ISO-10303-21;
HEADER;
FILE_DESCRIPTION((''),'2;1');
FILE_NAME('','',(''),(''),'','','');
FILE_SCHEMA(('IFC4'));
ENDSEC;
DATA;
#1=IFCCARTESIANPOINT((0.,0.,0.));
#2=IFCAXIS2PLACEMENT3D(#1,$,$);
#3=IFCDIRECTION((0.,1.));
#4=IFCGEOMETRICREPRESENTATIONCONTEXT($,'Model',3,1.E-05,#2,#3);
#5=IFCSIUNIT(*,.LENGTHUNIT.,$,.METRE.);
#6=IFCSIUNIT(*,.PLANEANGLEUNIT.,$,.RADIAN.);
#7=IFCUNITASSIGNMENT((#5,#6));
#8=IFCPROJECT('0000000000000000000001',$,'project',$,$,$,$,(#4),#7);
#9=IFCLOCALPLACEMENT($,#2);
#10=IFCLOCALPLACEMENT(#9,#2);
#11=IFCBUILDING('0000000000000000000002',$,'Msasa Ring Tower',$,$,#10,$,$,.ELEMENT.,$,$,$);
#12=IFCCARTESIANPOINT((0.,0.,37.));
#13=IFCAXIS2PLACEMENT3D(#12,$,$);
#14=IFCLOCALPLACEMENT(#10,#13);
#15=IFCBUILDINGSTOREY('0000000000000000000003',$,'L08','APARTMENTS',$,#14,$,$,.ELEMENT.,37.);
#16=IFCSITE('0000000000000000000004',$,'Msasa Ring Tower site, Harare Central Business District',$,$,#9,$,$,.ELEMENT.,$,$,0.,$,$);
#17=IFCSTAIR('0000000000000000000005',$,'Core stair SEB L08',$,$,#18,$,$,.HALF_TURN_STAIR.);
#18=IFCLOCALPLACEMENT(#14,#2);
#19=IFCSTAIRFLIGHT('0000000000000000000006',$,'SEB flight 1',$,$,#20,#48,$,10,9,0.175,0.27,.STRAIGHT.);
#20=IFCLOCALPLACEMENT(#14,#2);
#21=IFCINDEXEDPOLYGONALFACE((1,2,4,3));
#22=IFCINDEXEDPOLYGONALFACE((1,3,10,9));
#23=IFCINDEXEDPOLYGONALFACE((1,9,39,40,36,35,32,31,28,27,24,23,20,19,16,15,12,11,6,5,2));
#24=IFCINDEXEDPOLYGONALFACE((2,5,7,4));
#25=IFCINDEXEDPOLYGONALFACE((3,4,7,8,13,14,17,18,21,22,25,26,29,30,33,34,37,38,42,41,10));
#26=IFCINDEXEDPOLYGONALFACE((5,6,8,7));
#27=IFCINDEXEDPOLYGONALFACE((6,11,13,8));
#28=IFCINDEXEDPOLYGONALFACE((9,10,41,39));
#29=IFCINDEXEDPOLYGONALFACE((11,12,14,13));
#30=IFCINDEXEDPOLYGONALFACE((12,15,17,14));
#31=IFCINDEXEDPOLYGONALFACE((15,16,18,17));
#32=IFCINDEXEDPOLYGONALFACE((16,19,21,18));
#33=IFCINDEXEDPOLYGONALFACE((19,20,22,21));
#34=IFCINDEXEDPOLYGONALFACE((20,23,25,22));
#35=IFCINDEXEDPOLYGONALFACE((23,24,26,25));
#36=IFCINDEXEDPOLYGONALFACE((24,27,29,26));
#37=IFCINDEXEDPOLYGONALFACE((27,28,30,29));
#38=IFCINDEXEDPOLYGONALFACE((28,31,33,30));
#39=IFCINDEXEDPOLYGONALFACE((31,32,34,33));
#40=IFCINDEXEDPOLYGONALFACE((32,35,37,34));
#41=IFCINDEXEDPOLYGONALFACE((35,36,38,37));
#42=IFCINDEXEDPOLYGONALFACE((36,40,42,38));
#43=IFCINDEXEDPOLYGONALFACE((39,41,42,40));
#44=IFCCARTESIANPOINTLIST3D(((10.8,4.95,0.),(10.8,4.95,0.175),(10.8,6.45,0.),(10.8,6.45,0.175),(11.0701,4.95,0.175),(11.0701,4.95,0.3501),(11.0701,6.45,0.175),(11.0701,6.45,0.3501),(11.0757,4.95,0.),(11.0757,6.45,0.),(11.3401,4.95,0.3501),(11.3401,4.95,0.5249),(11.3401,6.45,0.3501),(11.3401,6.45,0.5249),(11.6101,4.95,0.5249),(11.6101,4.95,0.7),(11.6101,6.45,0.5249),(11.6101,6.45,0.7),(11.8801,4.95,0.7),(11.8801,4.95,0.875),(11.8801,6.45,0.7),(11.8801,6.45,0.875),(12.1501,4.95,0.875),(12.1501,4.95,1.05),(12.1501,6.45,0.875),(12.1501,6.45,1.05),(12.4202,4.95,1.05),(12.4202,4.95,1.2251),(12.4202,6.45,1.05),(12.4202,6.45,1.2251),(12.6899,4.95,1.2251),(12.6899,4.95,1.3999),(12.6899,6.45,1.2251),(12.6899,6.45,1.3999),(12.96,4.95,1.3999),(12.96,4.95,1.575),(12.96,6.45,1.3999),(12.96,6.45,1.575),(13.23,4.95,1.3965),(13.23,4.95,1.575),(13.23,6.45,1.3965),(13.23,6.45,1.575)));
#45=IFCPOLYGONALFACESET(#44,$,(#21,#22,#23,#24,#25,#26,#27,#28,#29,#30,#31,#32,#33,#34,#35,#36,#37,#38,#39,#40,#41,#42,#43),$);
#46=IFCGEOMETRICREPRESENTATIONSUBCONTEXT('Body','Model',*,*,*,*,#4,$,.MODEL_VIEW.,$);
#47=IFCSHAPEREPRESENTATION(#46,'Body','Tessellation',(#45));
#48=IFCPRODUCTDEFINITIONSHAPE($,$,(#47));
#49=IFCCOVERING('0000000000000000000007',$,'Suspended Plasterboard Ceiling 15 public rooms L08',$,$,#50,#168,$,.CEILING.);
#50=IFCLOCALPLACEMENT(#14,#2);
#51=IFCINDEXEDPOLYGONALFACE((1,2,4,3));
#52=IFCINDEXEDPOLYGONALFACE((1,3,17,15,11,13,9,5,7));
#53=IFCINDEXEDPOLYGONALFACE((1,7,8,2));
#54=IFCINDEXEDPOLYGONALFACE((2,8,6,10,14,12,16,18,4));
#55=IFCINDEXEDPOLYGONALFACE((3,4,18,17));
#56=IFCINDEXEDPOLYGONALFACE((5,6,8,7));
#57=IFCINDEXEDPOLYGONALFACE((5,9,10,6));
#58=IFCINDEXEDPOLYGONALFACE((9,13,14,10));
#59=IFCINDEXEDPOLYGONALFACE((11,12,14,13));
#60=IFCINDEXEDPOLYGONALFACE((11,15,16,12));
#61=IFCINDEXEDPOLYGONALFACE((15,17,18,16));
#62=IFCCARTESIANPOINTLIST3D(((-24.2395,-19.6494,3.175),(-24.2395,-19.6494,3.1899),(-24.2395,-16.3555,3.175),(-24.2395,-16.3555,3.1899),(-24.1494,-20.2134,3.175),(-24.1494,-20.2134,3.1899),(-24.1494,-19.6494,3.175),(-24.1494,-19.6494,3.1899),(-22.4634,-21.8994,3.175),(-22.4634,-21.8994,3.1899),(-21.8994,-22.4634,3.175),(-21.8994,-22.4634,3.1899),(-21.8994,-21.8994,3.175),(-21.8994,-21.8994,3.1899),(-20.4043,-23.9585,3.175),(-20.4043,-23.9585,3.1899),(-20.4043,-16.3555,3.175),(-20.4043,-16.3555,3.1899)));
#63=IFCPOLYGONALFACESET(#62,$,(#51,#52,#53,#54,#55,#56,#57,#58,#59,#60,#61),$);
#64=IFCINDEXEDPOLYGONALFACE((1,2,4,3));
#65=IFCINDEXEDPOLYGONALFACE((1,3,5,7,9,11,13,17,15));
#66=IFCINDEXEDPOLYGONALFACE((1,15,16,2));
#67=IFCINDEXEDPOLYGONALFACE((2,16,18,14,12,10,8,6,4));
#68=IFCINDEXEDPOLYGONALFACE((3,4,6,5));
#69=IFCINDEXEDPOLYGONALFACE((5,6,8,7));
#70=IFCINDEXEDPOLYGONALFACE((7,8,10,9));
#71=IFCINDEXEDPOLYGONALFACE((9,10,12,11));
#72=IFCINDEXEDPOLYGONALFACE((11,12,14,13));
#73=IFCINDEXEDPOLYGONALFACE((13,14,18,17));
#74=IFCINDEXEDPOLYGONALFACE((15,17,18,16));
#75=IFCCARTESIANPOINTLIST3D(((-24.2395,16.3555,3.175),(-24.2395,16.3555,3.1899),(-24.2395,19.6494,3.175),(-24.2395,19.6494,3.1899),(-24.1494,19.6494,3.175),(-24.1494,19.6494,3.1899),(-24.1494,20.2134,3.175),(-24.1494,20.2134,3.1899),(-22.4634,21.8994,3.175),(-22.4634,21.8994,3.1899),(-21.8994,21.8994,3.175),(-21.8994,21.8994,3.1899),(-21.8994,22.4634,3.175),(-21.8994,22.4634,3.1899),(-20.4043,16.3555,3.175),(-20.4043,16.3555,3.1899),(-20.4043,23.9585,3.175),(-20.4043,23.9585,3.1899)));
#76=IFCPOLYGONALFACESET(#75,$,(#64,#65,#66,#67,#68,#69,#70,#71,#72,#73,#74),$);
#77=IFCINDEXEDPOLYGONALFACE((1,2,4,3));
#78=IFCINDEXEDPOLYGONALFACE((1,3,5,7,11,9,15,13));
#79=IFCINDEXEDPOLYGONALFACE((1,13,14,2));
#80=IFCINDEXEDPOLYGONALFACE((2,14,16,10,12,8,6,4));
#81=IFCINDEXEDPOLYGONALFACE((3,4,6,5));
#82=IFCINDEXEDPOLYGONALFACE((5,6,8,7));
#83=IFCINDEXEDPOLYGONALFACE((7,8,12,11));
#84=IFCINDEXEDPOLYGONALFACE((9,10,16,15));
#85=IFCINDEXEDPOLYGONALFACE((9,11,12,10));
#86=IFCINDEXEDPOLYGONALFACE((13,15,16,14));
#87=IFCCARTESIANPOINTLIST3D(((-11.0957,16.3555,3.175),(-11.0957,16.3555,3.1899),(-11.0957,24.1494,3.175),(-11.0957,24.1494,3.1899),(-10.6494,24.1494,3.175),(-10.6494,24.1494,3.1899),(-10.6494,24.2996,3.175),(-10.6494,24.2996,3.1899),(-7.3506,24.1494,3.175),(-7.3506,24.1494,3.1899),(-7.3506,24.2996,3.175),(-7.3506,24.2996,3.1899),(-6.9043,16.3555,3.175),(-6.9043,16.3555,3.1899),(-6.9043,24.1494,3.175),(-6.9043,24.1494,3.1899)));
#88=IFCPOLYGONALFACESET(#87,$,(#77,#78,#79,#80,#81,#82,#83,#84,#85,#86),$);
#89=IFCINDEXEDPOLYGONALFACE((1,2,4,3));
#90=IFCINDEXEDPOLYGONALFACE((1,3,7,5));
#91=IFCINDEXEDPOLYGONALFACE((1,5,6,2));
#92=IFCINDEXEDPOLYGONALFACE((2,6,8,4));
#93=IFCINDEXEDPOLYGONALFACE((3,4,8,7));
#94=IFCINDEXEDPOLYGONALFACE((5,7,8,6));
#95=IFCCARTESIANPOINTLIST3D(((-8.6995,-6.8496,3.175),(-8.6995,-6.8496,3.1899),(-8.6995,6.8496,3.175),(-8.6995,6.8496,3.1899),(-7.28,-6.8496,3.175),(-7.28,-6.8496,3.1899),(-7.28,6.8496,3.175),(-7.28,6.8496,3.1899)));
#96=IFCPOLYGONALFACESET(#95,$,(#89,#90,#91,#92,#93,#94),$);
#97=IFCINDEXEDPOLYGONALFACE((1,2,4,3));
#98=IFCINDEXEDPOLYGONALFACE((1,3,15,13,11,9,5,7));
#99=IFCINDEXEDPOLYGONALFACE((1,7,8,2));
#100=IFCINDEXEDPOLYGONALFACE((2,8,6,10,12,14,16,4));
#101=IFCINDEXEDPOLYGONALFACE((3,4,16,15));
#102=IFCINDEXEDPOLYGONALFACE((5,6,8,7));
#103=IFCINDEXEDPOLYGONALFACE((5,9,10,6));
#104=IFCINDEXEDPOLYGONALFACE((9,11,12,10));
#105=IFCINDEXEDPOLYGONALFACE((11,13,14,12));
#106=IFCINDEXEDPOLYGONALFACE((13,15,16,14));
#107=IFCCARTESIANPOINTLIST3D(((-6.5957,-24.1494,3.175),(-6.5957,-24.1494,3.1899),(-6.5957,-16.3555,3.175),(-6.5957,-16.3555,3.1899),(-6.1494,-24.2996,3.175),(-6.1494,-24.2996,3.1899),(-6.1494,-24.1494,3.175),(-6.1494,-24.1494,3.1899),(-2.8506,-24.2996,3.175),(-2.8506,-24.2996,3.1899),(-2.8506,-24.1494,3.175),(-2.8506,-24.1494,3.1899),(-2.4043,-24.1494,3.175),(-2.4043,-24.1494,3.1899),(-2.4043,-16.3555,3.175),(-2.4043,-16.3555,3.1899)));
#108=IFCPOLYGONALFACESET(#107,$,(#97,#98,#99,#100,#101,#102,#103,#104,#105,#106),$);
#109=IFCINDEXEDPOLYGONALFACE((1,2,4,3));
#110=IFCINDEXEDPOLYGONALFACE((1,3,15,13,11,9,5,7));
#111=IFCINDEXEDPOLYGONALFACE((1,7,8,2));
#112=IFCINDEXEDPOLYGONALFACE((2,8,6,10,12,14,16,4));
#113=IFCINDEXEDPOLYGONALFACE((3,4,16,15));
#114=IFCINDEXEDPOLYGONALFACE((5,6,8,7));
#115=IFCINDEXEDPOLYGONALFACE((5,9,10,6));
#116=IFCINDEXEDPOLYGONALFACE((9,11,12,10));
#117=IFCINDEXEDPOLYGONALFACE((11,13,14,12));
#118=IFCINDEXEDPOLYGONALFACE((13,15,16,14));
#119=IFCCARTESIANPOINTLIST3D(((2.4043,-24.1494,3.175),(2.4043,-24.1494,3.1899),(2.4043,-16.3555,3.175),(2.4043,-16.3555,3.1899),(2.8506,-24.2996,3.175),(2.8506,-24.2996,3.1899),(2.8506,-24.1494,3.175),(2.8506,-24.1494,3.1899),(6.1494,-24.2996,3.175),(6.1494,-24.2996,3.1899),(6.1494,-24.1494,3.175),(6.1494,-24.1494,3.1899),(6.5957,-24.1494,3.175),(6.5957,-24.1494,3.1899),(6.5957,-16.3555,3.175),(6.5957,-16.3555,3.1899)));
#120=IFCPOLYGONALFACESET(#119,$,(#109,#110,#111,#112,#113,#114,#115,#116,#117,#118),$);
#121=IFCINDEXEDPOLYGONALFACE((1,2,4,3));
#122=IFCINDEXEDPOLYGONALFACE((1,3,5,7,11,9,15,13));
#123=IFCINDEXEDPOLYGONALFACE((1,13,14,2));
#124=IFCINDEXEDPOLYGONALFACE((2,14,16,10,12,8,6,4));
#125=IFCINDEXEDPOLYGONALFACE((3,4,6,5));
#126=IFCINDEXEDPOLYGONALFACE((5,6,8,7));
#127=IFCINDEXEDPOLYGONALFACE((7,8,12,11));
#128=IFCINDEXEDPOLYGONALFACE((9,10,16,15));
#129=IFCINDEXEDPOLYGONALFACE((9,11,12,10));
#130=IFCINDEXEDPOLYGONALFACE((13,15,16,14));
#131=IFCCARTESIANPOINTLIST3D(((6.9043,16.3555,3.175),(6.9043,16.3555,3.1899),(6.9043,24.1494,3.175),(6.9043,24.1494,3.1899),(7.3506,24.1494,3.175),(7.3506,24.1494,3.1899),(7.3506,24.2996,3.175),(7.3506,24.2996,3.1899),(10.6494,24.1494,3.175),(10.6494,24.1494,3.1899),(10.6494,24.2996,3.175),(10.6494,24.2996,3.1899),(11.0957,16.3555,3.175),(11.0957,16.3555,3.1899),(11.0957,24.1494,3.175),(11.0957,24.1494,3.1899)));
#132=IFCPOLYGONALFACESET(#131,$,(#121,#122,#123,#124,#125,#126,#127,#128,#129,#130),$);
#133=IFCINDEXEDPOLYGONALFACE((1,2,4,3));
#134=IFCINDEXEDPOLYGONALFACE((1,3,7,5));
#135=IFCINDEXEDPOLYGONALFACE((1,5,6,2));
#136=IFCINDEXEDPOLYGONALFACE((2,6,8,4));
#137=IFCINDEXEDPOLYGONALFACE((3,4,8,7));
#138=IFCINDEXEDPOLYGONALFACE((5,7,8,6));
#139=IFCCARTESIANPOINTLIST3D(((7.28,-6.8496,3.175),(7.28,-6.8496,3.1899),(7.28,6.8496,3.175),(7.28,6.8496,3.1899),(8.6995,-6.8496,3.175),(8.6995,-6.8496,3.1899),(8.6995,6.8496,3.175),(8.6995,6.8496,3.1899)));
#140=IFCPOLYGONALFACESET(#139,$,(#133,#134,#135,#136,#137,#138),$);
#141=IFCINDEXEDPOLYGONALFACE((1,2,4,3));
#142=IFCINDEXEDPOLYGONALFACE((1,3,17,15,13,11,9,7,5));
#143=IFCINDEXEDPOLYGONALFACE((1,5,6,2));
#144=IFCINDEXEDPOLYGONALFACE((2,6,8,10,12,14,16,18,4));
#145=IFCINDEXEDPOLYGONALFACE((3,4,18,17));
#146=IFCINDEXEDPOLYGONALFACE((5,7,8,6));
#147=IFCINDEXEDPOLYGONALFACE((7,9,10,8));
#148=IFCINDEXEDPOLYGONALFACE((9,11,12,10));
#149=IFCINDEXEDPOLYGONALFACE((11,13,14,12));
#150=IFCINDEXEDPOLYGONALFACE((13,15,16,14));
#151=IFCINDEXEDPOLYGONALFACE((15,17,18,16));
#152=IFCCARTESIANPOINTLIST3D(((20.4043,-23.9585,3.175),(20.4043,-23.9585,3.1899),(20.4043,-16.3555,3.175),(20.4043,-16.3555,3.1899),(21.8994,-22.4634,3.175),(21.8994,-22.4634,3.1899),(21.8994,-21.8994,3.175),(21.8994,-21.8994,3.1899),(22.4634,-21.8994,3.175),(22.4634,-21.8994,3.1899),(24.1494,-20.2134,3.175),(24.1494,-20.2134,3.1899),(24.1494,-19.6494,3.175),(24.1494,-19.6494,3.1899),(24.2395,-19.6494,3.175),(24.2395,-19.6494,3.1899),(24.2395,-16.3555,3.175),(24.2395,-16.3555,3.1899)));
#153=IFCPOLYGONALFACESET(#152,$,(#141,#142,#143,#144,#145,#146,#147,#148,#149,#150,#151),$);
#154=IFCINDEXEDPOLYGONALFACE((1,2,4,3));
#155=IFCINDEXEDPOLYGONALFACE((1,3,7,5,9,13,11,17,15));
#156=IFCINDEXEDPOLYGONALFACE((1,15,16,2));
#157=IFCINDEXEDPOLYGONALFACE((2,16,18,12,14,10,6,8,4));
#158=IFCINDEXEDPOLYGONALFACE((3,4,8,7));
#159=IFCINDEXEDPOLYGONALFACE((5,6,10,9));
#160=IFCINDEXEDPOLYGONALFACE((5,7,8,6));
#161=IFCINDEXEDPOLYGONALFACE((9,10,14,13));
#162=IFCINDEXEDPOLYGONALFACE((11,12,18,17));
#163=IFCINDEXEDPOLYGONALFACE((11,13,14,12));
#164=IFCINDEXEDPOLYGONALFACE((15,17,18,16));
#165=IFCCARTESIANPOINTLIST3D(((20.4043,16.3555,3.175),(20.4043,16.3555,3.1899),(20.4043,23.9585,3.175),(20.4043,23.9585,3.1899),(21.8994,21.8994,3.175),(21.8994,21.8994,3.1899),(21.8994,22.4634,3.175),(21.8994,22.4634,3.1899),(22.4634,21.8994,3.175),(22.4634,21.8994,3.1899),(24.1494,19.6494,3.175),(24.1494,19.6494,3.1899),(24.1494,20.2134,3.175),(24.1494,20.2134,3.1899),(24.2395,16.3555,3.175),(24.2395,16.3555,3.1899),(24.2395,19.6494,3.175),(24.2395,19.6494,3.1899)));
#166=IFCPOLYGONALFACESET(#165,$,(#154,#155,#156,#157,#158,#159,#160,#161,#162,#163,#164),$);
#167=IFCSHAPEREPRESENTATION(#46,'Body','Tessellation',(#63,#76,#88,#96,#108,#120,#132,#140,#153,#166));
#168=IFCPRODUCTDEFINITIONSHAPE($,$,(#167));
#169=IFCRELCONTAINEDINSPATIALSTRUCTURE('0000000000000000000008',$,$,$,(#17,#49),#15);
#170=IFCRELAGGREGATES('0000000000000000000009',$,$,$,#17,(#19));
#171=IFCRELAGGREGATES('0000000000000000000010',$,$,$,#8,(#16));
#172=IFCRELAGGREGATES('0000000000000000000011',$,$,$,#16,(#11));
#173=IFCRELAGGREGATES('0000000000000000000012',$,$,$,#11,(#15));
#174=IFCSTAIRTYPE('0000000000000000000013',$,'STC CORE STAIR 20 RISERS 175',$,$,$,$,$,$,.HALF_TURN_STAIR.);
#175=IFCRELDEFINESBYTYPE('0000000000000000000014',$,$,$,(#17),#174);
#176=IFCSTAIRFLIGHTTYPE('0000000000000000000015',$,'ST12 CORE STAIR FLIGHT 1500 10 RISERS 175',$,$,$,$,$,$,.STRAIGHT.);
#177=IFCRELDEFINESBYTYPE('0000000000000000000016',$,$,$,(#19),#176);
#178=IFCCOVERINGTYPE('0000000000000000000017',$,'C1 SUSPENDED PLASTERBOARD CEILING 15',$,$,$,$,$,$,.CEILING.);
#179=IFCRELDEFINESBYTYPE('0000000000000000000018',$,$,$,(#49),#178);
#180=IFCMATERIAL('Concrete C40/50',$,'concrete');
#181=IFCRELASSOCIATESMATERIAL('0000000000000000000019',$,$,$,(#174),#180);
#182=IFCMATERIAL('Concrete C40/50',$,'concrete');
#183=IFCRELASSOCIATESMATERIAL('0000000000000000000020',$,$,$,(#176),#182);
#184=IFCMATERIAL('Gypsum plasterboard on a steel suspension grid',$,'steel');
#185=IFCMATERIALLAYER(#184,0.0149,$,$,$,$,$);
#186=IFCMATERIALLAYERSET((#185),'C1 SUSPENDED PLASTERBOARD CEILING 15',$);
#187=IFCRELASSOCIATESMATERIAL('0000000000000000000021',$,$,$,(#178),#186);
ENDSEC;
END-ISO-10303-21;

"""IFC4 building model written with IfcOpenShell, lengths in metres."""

from ifc_helpers import new_model, si_unit, direction, frame, origin, place, context, subcontext, project, spatial, polyline, line, indexed_curve, outline, extrude, material, layer, layer_set, type_object, element, aggregate, save


model = new_model("IFC4")

# Units and contexts
model_context = context("Model", 3, precision=1e-05, world=origin(), true_north=direction((0.0, 1.0)))
body_context = subcontext(model_context, "Body", "Model", "MODEL_VIEW")
ifc_project = project(units=[si_unit("LENGTHUNIT", "METRE"), si_unit("PLANEANGLEUNIT", "RADIAN")], contexts=[model_context])

# Site, building, storey
site_placement = place(None, origin())
site = spatial("IfcSite", under=ifc_project, at=site_placement, Name="Msasa Ring Tower site, Harare Central Business District", CompositionType="ELEMENT", RefElevation=0.0)
building_placement = place(site_placement, origin())
building = spatial("IfcBuilding", under=site, at=building_placement, Name="Msasa Ring Tower", CompositionType="ELEMENT")
storey_placement = place(building_placement, frame((0.0, 0.0, 37.0)))
storey = spatial("IfcBuildingStorey", under=building, at=storey_placement, Name="L08", Description="APARTMENTS", CompositionType="ELEMENT", Elevation=37.0)

# Shared definitions
ifc_material_1 = material(Name="Concrete C40/50", Category="concrete")
stair_type = type_object("IfcStairType", Name="STC CORE STAIR 20 RISERS 175", PredefinedType="HALF_TURN_STAIR", material=ifc_material_1)

# Stair, stair flight
stair_1_placement = place(storey_placement, origin())
stair_1 = element("IfcStair", 1, at=stair_1_placement, inside=storey, type_object=stair_type, Name="Core stair SEB L08", PredefinedType="HALF_TURN_STAIR")
ifc_material_2 = material(Name="Concrete C40/50", Category="concrete")
stair_flight_type = type_object("IfcStairFlightType", Name="ST12 CORE STAIR FLIGHT 1500 10 RISERS 175", PredefinedType="STRAIGHT", material=ifc_material_2)
stair_flight_placement = place(storey_placement, frame((10.8, 5.7, 0.0), z_axis=(0.0, 0.0, 1.0), x_axis=(1.0, 0.0, 0.0)))
stair_flight = element("IfcStairFlight", 2, at=stair_flight_placement, type_object=stair_flight_type, Name="SEB flight 1", NumberOfRisers=10, NumberOfTreads=9, PredefinedType="STRAIGHT", RiserHeight=0.175, TreadLength=0.27, context=body_context, shape_type="SweptSolid", body=[
    extrude(outline(polyline([(0.0, 0.0), (0.0, 0.175), (0.27, 0.175), (0.27, 0.3501), (0.54, 0.3501), (0.54, 0.5249), (0.8101, 0.5249), (0.8101, 0.7), (1.0801, 0.7), (1.0801, 0.875), (1.3501, 0.875), (1.3501, 1.05), (1.6201, 1.05), (1.6201, 1.2251), (1.8899, 1.2251), (1.8899, 1.3999), (2.1599, 1.3999), (2.1599, 1.575), (2.4299, 1.575), (2.4299, 1.75), (2.4299, 1.3965), (0.2756, 0.0), (0.0, 0.0)])), frame((0.0, 0.75, 0.0), z_axis=(0.0, -1.0, 0.0), x_axis=(1.0, 0.0, 0.0)), (0.0, 0.0, 1.0), 1.5),
])
aggregate(stair_1, [stair_flight])

# Covering
ifc_material_3 = material(Name="Gypsum plasterboard on a steel suspension grid", Category="steel")
ifc_layer_1 = layer(ifc_material_3, 0.0149)
ifc_layer_set_1 = layer_set([ifc_layer_1], Name="C1 SUSPENDED PLASTERBOARD CEILING 15")
covering_type_1 = type_object("IfcCoveringType", Name="C1 SUSPENDED PLASTERBOARD CEILING 15", PredefinedType="CEILING", material=ifc_layer_set_1)
covering_1_placement = place(storey_placement, frame((0.0, 0.0, 3.175)))
element("IfcCovering", 3, at=covering_1_placement, inside=storey, type_object=covering_type_1, Name="Suspended Plasterboard Ceiling 15 public rooms L08", PredefinedType="CEILING", context=body_context, shape_type="SweptSolid", body=[
    extrude(outline(indexed_curve([(-24.2395, -16.3555), (-20.4043, -16.3555), (-20.4043, -23.9585), (-21.8994, -22.4634), (-21.8994, -21.8994), (-22.4634, -21.8994), (-24.1494, -20.2134), (-24.1494, -19.6494), (-24.2395, -19.6494)], segments=[line(1, 2, 3, 4, 5, 6, 7, 8, 9, 1)], self_intersect=False)), origin(), (0.0, 0.0, 1.0), 0.0149),
    extrude(outline(indexed_curve([(-24.2395, 16.3555), (-24.2395, 19.6494), (-24.1494, 19.6494), (-24.1494, 20.2134), (-22.4634, 21.8994), (-21.8994, 21.8994), (-21.8994, 22.4634), (-20.4043, 23.9585), (-20.4043, 16.3555)], segments=[line(1, 2, 3, 4, 5, 6, 7, 8, 9, 1)], self_intersect=False)), origin(), (0.0, 0.0, 1.0), 0.0149),
    extrude(outline(indexed_curve([(-11.0957, 16.3555), (-11.0957, 24.1494), (-10.6494, 24.1494), (-10.6494, 24.2996), (-7.3506, 24.2996), (-7.3506, 24.1494), (-6.9043, 24.1494), (-6.9043, 16.3555)], segments=[line(1, 2, 3, 4, 5, 6, 7, 8, 1)], self_intersect=False)), origin(), (0.0, 0.0, 1.0), 0.0149),
    extrude(outline(indexed_curve([(-8.6995, 6.8496), (-7.28, 6.8496), (-7.28, -6.8496), (-8.6995, -6.8496)], segments=[line(1, 2, 3, 4, 1)], self_intersect=False)), origin(), (0.0, 0.0, 1.0), 0.0149),
    extrude(outline(indexed_curve([(-2.4043, -16.3555), (-2.4043, -24.1494), (-2.8506, -24.1494), (-2.8506, -24.2996), (-6.1494, -24.2996), (-6.1494, -24.1494), (-6.5957, -24.1494), (-6.5957, -16.3555)], segments=[line(1, 2, 3, 4, 5, 6, 7, 8, 1)], self_intersect=False)), origin(), (0.0, 0.0, 1.0), 0.0149),
    extrude(outline(indexed_curve([(6.5957, -16.3555), (6.5957, -24.1494), (6.1494, -24.1494), (6.1494, -24.2996), (2.8506, -24.2996), (2.8506, -24.1494), (2.4043, -24.1494), (2.4043, -16.3555)], segments=[line(1, 2, 3, 4, 5, 6, 7, 8, 1)], self_intersect=False)), origin(), (0.0, 0.0, 1.0), 0.0149),
    extrude(outline(indexed_curve([(6.9043, 16.3555), (6.9043, 24.1494), (7.3506, 24.1494), (7.3506, 24.2996), (10.6494, 24.2996), (10.6494, 24.1494), (11.0957, 24.1494), (11.0957, 16.3555)], segments=[line(1, 2, 3, 4, 5, 6, 7, 8, 1)], self_intersect=False)), origin(), (0.0, 0.0, 1.0), 0.0149),
    extrude(outline(indexed_curve([(7.28, -6.8496), (7.28, 6.8496), (8.6995, 6.8496), (8.6995, -6.8496)], segments=[line(1, 2, 3, 4, 1)], self_intersect=False)), origin(), (0.0, 0.0, 1.0), 0.0149),
    extrude(outline(indexed_curve([(24.2395, -16.3555), (24.2395, -19.6494), (24.1494, -19.6494), (24.1494, -20.2134), (22.4634, -21.8994), (21.8994, -21.8994), (21.8994, -22.4634), (20.4043, -23.9585), (20.4043, -16.3555)], segments=[line(1, 2, 3, 4, 5, 6, 7, 8, 9, 1)], self_intersect=False)), origin(), (0.0, 0.0, 1.0), 0.0149),
    extrude(outline(indexed_curve([(24.2395, 16.3555), (20.4043, 16.3555), (20.4043, 23.9585), (21.8994, 22.4634), (21.8994, 21.8994), (22.4634, 21.8994), (24.1494, 20.2134), (24.1494, 19.6494), (24.2395, 19.6494)], segments=[line(1, 2, 3, 4, 5, 6, 7, 8, 9, 1)], self_intersect=False)), origin(), (0.0, 0.0, 1.0), 0.0149),
])

save(model, "model.ifc")
